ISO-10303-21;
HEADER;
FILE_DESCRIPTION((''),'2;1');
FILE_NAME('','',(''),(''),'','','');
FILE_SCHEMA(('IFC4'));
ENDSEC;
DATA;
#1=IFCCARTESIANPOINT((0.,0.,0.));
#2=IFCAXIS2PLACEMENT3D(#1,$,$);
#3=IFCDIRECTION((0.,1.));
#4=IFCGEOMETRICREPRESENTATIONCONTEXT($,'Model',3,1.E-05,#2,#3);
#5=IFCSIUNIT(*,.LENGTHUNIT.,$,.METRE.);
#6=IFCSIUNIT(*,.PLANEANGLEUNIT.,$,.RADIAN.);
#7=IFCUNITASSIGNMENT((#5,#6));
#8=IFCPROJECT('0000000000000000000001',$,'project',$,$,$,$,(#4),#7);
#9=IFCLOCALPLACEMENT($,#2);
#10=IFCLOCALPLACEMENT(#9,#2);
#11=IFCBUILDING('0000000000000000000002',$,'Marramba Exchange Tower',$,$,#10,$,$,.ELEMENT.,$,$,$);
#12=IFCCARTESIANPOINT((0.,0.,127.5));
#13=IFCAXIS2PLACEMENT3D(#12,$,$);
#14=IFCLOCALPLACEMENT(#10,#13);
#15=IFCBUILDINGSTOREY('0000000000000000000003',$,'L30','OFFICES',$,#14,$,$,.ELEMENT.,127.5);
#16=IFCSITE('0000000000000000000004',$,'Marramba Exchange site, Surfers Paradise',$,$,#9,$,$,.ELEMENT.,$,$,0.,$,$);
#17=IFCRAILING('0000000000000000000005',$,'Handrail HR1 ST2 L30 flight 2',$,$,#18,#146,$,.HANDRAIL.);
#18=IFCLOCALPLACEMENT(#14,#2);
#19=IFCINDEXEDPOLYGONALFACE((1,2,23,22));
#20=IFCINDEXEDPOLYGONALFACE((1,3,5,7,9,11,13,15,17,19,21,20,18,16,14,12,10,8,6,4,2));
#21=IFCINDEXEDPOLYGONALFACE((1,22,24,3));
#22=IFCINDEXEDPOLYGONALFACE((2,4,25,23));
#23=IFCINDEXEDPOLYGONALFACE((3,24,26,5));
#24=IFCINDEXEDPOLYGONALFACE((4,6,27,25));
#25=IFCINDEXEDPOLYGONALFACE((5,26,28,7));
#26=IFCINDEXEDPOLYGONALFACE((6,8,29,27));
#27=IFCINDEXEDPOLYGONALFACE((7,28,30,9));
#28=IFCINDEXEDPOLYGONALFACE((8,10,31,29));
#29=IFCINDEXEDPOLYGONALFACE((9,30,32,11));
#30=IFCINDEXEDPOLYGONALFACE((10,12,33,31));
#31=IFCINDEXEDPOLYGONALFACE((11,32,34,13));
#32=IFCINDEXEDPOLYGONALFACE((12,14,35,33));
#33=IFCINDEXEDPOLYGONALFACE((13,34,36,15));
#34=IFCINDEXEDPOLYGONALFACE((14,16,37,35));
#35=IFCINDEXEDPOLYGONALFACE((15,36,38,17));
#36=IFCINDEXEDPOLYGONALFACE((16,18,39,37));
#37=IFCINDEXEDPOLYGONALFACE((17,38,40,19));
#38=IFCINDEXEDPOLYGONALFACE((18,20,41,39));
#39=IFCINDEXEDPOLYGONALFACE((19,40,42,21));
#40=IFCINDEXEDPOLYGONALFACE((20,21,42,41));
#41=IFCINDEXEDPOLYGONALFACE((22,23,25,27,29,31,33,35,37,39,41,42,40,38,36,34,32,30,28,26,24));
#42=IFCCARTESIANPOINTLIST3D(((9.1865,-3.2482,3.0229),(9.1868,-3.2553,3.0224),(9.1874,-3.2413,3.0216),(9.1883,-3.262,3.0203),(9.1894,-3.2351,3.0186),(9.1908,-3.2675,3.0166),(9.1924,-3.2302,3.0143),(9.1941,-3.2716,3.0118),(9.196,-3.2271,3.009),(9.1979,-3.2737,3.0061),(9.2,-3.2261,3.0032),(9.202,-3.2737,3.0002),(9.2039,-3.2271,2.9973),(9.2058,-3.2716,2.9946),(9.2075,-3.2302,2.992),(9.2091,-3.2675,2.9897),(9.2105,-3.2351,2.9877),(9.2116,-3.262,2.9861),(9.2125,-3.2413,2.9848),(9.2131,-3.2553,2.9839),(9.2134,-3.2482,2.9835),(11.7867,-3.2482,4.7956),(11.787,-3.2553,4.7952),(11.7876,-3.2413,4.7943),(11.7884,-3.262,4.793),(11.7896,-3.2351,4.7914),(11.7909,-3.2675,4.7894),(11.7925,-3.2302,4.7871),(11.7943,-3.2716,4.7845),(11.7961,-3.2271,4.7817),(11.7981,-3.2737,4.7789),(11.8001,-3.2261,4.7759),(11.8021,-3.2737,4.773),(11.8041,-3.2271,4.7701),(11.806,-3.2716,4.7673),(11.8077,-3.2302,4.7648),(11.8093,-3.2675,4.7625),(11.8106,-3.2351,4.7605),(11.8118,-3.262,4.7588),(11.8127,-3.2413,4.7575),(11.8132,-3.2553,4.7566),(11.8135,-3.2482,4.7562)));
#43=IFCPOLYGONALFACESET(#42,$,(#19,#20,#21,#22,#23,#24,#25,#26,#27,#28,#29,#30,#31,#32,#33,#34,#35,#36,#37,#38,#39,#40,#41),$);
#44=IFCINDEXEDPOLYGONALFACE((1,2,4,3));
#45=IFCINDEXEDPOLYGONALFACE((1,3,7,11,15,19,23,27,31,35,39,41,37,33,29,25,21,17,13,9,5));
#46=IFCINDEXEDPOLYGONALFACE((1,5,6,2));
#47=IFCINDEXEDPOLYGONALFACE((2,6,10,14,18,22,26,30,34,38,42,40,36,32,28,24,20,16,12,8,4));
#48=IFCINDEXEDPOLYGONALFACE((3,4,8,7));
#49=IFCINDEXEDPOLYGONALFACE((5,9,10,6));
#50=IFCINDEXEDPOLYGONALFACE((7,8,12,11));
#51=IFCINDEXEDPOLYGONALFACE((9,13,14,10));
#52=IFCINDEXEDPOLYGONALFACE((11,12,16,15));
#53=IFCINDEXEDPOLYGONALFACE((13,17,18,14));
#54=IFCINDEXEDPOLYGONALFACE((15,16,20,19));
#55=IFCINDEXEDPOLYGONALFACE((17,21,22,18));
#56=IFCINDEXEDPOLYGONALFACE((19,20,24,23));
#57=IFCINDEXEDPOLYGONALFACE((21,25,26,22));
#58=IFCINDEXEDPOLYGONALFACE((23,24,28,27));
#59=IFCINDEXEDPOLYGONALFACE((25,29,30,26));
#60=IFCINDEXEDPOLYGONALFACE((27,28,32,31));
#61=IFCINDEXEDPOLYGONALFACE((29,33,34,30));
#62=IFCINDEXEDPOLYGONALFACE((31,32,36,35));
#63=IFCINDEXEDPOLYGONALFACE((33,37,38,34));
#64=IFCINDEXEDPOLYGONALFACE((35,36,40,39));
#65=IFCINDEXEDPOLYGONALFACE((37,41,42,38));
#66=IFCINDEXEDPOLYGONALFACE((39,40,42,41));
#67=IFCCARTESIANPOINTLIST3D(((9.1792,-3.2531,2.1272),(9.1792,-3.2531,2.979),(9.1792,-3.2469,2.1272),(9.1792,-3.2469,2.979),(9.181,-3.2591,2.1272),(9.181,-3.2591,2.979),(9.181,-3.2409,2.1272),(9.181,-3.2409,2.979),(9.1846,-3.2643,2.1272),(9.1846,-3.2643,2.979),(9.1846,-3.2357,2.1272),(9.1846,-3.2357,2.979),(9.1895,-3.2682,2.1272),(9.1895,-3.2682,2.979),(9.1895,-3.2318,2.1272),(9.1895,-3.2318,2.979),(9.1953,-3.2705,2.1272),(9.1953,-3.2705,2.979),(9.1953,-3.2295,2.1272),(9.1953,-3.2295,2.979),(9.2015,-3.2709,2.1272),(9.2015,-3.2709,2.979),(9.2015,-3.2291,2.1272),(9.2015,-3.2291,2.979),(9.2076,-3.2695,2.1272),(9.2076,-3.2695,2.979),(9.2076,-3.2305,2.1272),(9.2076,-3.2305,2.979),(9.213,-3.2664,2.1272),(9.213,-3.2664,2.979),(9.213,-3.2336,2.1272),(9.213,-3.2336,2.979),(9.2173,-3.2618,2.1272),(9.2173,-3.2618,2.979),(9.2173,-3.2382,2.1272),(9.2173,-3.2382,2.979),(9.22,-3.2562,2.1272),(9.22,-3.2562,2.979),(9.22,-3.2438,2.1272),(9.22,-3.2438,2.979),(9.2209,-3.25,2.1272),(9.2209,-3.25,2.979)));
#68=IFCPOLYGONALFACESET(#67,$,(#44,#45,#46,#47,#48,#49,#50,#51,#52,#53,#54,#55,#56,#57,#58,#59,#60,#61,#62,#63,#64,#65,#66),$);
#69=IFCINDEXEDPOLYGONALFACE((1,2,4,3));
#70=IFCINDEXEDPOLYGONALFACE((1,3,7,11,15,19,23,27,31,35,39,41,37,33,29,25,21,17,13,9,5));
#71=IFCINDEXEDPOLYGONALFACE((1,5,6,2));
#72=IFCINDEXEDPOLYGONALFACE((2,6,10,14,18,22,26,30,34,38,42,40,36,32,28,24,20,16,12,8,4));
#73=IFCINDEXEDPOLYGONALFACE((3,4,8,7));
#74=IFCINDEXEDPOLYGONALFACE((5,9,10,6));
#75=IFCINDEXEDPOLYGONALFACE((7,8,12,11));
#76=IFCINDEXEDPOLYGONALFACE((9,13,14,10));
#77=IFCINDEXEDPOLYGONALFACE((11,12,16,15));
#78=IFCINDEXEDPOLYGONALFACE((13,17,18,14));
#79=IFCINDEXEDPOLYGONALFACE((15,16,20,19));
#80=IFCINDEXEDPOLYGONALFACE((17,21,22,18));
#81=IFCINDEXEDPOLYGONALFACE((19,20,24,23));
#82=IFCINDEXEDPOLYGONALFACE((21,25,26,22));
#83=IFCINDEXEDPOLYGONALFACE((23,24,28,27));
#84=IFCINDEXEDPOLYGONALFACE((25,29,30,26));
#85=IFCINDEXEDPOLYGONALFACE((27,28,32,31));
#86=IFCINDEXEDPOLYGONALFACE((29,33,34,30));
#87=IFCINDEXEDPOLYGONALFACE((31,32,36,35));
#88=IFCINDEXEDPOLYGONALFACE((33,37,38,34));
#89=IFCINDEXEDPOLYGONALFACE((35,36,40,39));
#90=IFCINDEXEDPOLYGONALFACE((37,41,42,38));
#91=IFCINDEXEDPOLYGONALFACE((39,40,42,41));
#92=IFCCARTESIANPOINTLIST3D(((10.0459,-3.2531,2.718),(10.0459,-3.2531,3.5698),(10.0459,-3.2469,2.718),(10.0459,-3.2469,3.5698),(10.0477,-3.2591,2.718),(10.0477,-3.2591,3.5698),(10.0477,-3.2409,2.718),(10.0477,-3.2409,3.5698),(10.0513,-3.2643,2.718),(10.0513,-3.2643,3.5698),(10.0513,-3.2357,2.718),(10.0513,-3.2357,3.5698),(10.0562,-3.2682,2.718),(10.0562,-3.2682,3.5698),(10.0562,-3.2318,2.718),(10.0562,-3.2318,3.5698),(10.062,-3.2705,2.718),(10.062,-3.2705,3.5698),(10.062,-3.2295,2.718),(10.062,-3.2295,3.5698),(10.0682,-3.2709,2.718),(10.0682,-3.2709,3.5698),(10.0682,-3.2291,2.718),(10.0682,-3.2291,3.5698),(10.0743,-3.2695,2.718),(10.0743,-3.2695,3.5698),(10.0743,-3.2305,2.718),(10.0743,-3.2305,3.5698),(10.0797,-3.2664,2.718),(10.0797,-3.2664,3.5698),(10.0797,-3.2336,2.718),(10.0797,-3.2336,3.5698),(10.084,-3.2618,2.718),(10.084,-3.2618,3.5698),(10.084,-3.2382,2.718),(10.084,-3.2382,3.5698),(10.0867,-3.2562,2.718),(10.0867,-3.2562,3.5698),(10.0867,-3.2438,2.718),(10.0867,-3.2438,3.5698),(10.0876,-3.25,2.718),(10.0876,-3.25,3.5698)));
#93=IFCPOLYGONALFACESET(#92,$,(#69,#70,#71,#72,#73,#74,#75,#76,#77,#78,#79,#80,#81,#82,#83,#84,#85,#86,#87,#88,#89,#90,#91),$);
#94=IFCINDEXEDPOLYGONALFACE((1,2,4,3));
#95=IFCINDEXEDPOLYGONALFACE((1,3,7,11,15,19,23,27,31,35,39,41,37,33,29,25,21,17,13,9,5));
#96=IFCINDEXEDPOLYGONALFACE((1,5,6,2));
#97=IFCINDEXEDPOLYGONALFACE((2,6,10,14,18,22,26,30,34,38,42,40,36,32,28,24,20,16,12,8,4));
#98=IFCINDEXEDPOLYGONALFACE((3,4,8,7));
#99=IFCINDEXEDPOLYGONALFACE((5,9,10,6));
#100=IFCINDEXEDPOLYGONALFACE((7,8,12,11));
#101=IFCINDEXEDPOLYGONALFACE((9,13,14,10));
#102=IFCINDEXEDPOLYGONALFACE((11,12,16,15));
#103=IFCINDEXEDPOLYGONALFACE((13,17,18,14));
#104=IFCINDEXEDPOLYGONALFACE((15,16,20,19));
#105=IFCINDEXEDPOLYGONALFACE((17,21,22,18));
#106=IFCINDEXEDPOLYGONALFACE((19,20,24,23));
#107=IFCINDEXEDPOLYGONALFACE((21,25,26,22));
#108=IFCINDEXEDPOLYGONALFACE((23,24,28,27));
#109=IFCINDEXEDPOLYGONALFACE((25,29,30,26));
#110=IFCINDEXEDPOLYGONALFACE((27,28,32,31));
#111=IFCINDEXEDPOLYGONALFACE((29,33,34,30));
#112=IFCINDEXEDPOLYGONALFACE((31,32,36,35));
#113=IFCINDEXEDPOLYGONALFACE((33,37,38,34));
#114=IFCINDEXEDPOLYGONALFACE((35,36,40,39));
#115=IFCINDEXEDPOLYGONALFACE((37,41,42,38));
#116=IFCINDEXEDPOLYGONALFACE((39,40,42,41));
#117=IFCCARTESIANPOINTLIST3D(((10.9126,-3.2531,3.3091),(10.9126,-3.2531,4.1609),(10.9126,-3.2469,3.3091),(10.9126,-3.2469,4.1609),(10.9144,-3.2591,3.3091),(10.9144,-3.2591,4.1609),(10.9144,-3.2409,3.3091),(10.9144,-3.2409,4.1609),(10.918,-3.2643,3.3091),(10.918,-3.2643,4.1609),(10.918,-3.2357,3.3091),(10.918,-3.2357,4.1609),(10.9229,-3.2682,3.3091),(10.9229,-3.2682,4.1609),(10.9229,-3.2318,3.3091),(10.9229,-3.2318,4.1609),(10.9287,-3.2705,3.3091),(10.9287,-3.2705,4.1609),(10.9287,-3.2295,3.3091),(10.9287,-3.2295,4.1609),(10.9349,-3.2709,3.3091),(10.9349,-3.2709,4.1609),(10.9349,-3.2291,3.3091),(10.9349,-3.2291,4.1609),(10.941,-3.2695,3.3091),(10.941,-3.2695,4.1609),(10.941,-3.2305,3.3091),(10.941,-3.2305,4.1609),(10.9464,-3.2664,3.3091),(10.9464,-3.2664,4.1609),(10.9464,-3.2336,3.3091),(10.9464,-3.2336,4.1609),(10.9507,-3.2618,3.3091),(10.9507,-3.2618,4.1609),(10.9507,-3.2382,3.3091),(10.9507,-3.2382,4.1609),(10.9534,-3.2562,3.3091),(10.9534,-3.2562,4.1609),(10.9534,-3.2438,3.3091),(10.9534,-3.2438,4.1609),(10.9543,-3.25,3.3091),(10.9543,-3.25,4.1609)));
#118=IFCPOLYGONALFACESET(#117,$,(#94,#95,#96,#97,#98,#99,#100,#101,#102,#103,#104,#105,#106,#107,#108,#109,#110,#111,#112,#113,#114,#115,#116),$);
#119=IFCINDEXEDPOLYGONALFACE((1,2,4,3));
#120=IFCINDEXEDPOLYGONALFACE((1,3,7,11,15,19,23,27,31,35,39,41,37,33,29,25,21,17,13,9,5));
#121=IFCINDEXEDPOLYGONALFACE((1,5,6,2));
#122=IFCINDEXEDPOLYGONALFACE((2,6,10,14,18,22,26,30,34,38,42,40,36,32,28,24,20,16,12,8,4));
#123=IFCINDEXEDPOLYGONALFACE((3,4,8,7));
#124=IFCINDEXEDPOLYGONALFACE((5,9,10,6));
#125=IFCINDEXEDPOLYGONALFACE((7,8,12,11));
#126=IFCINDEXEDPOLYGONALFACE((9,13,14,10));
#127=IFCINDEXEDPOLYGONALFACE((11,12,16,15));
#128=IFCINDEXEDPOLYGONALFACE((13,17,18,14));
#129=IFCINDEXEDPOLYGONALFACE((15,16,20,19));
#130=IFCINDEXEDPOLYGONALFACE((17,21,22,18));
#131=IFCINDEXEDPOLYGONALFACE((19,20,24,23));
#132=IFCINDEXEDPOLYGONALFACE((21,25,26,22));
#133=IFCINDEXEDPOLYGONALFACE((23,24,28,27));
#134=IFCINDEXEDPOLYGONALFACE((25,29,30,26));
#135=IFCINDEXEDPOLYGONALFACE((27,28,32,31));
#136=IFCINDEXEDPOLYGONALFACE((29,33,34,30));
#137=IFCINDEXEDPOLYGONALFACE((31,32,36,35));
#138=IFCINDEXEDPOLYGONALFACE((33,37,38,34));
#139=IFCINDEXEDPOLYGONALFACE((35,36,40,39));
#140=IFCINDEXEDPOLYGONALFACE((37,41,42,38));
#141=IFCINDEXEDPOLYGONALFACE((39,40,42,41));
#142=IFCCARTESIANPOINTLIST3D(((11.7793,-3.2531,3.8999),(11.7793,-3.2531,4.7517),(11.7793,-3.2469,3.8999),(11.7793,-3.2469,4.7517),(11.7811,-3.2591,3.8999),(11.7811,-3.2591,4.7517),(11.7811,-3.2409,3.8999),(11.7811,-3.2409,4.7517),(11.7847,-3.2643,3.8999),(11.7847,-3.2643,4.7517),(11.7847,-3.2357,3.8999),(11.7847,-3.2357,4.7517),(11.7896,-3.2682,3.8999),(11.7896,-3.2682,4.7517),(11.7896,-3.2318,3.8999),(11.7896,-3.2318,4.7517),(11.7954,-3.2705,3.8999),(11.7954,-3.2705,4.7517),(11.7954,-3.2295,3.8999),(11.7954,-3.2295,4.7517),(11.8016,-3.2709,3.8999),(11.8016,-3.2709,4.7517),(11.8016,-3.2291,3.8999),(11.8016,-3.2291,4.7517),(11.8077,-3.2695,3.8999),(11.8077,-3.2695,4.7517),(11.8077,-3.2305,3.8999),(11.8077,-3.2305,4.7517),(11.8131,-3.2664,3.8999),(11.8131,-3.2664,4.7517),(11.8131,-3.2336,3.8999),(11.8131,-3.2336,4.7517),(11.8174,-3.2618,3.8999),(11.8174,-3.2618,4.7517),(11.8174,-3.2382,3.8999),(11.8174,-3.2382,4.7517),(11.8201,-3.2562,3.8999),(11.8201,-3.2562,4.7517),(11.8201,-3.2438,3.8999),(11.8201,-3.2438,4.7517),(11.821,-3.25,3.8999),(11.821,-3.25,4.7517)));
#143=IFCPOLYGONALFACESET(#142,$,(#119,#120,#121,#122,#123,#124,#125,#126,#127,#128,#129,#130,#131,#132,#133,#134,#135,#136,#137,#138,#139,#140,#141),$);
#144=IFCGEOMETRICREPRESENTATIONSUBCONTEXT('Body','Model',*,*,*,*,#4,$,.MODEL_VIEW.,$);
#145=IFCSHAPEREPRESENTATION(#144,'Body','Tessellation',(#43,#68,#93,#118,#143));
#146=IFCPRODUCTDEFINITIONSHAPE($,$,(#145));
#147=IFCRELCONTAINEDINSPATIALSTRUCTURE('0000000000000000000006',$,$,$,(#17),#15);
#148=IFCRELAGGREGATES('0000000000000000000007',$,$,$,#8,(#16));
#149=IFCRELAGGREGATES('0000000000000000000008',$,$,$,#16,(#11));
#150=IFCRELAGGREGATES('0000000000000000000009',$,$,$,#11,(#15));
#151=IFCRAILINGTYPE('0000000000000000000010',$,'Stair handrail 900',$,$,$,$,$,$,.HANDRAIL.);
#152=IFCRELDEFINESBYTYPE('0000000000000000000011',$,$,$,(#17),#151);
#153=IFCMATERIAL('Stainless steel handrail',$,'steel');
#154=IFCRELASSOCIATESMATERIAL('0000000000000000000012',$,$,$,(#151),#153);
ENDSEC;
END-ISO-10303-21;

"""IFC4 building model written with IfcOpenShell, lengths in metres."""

from ifc_helpers import new_model, si_unit, direction, frame, origin, origin_2d, place, context, subcontext, project, spatial, circle, extrude, material, type_object, element, save


model = new_model("IFC4")

# Units and contexts
model_context = context("Model", 3, precision=1e-05, world=origin(), true_north=direction((0.0, 1.0)))
body_context = subcontext(model_context, "Body", "Model", "MODEL_VIEW")
ifc_project = project(units=[si_unit("LENGTHUNIT", "METRE"), si_unit("PLANEANGLEUNIT", "RADIAN")], contexts=[model_context])

# Site, building, storey
site_placement = place(None, origin())
site = spatial("IfcSite", under=ifc_project, at=site_placement, Name="Marramba Exchange site, Surfers Paradise", CompositionType="ELEMENT", RefElevation=0.0)
building_placement = place(site_placement, origin())
building = spatial("IfcBuilding", under=site, at=building_placement, Name="Marramba Exchange Tower", CompositionType="ELEMENT")
storey_placement = place(building_placement, frame((0.0, 0.0, 127.5)))
storey = spatial("IfcBuildingStorey", under=building, at=storey_placement, Name="L30", Description="OFFICES", CompositionType="ELEMENT", Elevation=127.5)

# Railing
ifc_material_1 = material(Name="Stainless steel handrail", Category="steel")
railing_type = type_object("IfcRailingType", Name="Stair handrail 900", PredefinedType="HANDRAIL", material=ifc_material_1)
railing_placement = place(storey_placement, frame((9.2, -3.25, 2.1272)))
element("IfcRailing", 1, at=railing_placement, inside=storey, type_object=railing_type, Name="Handrail HR1 ST2 L30 flight 2", PredefinedType="HANDRAIL", context=body_context, shape_type="SweptSolid", body=[
    extrude(circle(Radius=0.0239, at=origin_2d()), frame((0.0, 0.0, 0.876), z_axis=(0.82624, 0.0, 0.563318), x_axis=(0.0, 1.0, 0.0)), (0.0, 0.0, 1.0), 3.147),
    extrude(circle(Radius=0.021, at=origin_2d()), origin(), (0.0, 0.0, 1.0), 0.8518),
    extrude(circle(Radius=0.021, at=origin_2d()), frame((0.8667, 0.0, 0.5908)), (0.0, 0.0, 1.0), 0.8518),
    extrude(circle(Radius=0.021, at=origin_2d()), frame((1.7334, 0.0, 1.1819)), (0.0, 0.0, 1.0), 0.8518),
    extrude(circle(Radius=0.021, at=origin_2d()), frame((2.6001, 0.0, 1.7727)), (0.0, 0.0, 1.0), 0.8518),
])

save(model, "model.ifc")
